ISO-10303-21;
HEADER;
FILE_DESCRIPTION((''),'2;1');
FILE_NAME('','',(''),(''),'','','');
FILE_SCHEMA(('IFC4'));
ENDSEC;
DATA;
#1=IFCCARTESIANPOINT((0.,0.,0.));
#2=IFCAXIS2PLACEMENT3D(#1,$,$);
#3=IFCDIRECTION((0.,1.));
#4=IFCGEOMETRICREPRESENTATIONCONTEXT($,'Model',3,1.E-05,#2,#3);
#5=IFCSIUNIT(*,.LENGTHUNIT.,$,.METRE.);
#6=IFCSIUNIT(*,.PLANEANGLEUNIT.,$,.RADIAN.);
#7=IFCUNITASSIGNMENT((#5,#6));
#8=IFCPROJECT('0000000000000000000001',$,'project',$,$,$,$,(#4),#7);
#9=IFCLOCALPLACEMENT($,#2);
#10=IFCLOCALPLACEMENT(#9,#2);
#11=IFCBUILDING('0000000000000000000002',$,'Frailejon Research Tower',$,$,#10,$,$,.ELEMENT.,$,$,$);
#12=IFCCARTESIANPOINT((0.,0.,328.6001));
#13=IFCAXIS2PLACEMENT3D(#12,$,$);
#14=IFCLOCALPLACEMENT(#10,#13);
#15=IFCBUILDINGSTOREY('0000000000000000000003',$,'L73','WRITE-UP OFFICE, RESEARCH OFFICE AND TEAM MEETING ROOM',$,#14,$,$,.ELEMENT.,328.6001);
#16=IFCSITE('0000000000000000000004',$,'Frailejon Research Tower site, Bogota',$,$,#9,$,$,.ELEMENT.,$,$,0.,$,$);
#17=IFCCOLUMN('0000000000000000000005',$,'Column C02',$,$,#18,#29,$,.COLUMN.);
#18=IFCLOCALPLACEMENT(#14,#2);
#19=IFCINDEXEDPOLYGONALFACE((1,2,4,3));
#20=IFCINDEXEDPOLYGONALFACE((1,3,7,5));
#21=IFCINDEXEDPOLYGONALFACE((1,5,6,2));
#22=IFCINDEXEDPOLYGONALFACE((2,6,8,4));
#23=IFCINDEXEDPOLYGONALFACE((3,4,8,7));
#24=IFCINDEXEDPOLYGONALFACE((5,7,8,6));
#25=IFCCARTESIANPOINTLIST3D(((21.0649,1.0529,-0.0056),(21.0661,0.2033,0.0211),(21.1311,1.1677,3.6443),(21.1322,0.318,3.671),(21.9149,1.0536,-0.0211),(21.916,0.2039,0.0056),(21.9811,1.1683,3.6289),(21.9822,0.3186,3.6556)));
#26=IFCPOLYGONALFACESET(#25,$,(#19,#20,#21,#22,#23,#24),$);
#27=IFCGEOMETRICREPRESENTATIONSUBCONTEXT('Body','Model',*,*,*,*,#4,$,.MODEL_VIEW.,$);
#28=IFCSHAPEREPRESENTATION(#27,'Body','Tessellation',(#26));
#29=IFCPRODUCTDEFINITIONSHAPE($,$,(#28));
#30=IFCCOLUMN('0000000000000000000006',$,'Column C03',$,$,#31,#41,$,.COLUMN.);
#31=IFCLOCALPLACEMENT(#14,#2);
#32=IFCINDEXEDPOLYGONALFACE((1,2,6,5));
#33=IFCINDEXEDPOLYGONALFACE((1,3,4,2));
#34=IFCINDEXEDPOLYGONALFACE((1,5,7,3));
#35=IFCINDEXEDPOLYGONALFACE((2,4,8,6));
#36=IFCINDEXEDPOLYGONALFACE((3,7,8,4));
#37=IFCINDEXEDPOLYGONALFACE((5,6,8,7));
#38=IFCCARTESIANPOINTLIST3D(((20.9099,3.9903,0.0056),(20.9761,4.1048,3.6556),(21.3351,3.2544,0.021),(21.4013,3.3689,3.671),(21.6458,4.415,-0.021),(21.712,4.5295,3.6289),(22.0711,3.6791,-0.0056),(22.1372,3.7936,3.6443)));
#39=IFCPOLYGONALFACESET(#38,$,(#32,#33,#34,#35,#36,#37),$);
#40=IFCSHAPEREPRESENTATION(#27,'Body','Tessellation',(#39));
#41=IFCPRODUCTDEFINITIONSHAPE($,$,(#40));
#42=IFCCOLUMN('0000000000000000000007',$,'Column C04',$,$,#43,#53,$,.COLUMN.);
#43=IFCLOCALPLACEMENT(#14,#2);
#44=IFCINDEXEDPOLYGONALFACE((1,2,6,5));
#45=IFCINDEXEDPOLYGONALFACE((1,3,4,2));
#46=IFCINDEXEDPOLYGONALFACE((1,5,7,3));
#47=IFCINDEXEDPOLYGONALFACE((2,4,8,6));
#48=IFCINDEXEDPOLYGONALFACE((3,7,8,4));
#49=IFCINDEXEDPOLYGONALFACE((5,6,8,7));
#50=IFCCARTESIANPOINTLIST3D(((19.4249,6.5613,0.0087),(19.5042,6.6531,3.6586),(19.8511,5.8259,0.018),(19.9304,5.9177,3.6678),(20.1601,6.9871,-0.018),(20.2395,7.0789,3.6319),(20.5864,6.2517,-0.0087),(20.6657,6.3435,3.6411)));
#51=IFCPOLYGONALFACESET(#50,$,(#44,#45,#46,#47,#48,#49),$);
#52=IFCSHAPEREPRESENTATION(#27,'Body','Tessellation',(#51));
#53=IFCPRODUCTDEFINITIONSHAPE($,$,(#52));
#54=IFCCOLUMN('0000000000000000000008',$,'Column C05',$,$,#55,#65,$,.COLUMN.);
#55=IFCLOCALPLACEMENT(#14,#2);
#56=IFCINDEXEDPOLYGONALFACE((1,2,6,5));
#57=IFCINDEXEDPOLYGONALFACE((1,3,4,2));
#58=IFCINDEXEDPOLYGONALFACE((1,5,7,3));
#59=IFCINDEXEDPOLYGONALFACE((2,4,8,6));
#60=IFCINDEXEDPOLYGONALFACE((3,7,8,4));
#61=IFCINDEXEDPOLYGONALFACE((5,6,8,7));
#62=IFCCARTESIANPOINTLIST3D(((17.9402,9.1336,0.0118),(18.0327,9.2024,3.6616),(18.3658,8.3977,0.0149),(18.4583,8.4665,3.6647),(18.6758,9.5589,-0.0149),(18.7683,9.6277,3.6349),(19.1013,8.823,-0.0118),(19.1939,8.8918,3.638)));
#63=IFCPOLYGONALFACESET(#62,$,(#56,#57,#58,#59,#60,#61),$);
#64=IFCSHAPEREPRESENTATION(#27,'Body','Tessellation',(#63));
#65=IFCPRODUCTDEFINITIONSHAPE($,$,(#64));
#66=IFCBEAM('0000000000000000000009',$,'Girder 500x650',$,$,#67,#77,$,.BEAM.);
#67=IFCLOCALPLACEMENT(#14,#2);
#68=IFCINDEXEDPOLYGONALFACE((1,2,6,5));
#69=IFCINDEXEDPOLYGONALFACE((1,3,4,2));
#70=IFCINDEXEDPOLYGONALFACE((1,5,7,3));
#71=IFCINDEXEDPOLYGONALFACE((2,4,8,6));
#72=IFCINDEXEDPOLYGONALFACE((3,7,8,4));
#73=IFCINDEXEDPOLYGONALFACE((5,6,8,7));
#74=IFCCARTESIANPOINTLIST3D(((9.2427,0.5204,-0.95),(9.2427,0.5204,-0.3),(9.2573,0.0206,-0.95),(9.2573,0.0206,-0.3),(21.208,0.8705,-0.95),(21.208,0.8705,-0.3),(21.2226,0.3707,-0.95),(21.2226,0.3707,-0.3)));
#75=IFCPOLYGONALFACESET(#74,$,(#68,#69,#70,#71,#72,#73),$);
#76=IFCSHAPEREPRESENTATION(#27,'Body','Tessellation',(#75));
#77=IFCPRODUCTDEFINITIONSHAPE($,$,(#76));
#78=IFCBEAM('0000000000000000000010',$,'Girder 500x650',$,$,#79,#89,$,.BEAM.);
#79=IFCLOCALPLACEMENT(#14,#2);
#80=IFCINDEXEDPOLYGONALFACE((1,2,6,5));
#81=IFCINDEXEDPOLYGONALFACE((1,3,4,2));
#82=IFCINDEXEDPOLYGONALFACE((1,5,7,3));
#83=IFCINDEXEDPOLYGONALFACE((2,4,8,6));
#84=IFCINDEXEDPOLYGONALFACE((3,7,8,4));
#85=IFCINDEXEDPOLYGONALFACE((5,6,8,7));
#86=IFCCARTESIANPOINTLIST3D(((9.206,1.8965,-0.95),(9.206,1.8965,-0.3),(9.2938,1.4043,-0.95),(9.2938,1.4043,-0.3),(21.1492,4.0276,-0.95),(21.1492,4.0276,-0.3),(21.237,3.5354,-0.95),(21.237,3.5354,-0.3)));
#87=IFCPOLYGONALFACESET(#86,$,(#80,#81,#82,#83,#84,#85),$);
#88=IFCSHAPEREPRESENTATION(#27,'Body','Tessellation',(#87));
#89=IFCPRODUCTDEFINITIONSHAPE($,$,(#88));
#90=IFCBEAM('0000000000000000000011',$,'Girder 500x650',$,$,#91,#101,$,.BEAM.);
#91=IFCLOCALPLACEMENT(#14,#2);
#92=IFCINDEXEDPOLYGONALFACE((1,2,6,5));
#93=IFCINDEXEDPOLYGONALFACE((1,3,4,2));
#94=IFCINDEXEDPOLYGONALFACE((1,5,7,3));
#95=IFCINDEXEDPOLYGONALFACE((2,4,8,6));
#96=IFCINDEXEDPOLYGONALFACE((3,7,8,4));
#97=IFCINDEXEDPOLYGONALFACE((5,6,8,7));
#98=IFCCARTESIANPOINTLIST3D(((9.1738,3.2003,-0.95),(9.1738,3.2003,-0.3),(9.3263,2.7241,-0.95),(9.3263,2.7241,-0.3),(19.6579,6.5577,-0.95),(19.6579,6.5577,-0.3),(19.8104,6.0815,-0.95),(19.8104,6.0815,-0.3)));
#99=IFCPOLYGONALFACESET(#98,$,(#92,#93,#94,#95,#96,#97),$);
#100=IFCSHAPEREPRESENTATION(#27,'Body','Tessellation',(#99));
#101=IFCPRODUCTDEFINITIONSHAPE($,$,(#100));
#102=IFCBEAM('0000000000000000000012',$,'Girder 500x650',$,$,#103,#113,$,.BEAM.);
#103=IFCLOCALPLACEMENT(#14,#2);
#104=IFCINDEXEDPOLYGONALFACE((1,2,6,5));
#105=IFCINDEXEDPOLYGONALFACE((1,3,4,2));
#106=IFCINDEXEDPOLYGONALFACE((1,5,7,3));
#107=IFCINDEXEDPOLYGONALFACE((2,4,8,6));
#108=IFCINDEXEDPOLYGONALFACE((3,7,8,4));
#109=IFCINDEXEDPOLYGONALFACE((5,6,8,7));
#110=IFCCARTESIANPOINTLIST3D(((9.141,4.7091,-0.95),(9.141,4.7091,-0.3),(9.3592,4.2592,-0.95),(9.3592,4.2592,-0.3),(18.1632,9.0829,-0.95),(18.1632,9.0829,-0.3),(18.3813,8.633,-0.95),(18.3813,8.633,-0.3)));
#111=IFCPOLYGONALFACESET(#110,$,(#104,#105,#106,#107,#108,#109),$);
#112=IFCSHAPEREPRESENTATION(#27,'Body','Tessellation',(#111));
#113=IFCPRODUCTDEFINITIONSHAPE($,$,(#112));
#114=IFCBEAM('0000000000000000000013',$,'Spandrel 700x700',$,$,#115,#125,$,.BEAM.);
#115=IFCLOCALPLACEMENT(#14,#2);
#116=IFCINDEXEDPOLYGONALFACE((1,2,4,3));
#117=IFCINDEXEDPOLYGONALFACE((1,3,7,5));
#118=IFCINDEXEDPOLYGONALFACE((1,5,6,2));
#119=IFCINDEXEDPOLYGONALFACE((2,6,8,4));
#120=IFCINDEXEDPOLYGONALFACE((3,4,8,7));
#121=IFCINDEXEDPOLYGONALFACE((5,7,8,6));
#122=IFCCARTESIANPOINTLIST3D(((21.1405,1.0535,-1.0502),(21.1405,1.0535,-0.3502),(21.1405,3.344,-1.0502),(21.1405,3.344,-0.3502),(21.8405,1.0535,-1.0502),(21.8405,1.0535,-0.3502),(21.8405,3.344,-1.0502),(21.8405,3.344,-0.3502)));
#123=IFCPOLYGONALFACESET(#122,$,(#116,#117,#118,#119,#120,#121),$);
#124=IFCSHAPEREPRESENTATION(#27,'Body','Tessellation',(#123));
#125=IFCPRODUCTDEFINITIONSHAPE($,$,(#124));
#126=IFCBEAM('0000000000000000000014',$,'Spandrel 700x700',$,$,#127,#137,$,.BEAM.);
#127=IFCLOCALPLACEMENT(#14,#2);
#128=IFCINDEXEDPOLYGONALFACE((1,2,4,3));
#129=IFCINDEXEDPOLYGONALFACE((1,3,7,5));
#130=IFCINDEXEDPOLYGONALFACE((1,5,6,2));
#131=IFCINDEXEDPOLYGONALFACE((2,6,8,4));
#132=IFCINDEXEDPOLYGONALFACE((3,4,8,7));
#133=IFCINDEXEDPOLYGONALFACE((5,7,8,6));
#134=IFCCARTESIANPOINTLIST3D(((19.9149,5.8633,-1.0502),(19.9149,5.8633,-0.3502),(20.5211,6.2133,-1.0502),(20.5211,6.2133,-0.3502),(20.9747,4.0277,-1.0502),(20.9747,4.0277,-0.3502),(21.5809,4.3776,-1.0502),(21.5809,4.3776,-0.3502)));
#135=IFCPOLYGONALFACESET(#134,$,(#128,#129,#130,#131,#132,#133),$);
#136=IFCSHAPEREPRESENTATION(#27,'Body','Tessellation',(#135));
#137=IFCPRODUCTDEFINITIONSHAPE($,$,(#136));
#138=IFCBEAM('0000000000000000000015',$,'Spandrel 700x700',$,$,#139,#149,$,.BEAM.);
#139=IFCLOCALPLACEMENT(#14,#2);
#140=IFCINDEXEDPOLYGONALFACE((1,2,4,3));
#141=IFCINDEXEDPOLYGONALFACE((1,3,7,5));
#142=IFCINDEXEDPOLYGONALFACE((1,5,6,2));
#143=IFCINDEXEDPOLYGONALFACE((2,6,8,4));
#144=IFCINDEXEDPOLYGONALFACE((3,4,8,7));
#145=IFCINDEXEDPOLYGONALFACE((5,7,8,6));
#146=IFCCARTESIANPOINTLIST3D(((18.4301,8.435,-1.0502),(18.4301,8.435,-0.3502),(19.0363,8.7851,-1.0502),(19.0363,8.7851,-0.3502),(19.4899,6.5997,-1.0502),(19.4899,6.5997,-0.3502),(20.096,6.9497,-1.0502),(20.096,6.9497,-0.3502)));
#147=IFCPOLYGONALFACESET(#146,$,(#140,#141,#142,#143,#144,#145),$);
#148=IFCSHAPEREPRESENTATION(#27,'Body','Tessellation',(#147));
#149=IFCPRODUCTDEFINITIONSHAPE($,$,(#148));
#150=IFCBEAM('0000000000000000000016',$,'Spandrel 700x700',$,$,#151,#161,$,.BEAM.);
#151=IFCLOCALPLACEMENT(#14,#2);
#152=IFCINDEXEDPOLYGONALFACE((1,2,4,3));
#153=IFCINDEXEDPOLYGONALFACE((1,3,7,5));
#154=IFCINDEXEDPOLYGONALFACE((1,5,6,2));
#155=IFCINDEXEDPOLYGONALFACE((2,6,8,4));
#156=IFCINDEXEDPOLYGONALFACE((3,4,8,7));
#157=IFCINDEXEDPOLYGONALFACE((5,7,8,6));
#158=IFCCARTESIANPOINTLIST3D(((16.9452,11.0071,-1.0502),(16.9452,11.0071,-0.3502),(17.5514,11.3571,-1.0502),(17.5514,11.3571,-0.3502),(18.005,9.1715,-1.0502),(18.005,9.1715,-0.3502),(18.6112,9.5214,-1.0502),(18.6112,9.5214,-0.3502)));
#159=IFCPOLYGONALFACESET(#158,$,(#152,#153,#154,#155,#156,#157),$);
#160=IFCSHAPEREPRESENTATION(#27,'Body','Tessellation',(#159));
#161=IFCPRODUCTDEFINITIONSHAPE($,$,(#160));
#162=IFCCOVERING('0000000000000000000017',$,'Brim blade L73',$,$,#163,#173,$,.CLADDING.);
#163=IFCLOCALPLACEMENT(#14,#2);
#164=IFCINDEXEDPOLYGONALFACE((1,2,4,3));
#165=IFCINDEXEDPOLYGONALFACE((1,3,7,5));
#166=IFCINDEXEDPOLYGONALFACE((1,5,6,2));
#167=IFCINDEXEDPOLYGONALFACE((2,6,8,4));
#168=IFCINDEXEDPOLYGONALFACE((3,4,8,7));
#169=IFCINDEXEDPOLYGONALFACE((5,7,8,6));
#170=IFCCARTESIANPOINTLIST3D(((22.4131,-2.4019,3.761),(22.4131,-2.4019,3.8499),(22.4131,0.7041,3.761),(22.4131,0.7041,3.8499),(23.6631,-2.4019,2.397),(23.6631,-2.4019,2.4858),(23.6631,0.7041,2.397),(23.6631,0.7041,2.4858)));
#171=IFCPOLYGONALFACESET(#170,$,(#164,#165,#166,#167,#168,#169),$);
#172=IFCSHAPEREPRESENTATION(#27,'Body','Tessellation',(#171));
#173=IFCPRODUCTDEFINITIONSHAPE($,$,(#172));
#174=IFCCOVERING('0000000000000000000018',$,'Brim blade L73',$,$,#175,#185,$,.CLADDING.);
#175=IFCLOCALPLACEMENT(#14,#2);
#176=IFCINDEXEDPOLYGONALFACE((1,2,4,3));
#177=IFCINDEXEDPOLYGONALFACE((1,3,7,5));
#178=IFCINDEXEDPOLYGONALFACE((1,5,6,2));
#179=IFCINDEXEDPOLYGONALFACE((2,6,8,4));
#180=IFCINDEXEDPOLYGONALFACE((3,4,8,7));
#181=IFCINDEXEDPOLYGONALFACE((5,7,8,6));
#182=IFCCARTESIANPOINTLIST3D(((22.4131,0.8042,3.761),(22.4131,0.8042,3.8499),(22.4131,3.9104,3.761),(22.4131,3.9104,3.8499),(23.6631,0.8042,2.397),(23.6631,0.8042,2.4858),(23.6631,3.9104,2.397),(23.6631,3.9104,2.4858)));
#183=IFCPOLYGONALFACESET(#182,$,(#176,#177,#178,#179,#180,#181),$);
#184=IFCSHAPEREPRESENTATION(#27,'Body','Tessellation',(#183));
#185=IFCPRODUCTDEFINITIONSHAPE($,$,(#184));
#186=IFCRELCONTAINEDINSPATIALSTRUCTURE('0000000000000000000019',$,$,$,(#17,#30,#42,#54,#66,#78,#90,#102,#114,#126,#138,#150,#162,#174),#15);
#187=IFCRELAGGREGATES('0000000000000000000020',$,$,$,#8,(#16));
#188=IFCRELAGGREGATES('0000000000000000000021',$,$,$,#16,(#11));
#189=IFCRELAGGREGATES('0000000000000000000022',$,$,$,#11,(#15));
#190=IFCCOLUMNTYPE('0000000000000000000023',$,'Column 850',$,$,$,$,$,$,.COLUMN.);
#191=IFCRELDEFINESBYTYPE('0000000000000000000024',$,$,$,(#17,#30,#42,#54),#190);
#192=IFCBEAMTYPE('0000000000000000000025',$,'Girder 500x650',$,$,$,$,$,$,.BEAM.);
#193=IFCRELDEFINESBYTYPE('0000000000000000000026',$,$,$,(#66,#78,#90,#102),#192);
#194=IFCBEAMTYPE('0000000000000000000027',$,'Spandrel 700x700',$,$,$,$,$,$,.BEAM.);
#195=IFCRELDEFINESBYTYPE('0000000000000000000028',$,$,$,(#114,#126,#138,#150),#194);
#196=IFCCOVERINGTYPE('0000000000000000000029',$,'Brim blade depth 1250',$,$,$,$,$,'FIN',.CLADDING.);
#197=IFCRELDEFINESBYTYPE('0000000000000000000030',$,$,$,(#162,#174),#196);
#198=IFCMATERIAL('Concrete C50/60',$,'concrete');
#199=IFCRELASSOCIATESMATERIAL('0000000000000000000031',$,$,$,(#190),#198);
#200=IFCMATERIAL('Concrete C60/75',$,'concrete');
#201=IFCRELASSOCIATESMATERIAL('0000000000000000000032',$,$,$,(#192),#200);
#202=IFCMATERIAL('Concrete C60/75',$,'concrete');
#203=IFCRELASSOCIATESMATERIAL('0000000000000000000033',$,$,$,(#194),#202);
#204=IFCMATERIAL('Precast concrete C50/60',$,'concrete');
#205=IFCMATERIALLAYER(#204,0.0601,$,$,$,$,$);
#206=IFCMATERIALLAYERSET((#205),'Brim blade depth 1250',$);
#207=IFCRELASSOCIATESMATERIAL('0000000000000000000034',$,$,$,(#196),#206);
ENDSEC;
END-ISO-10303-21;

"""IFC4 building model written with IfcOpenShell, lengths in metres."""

from ifc_helpers import new_model, si_unit, direction, frame, origin, origin_2d, place, context, subcontext, project, spatial, polyline, rectangle, outline, extrude, material, layer, layer_set, material_profile, profile_set, type_object, element, save


model = new_model("IFC4")

# Units and contexts
model_context = context("Model", 3, precision=1e-05, world=origin(), true_north=direction((0.0, 1.0)))
body_context = subcontext(model_context, "Body", "Model", "MODEL_VIEW")
ifc_project = project(units=[si_unit("LENGTHUNIT", "METRE"), si_unit("PLANEANGLEUNIT", "RADIAN")], contexts=[model_context])

# Site, building, storey
site_placement = place(None, origin())
site = spatial("IfcSite", under=ifc_project, at=site_placement, Name="Frailejon Research Tower site, Bogota", CompositionType="ELEMENT", RefElevation=0.0)
building_placement = place(site_placement, origin())
building = spatial("IfcBuilding", under=site, at=building_placement, Name="Frailejon Research Tower", CompositionType="ELEMENT")
storey_placement = place(building_placement, frame((0.0, 0.0, 328.6001)))
storey = spatial("IfcBuildingStorey", under=building, at=storey_placement, Name="L73", Description="WRITE-UP OFFICE, RESEARCH OFFICE AND TEAM MEETING ROOM", CompositionType="ELEMENT", Elevation=328.6001)

# Columns
ifc_material_1 = material(Name="Concrete C50/60", Category="concrete")
ifc_material_profile_1 = material_profile(ifc_material_1, rectangle(XDim=0.8501, YDim=0.8501, at=origin_2d()), Name="Column 850")
ifc_profile_set_1 = profile_set([ifc_material_profile_1], Name="Concrete C50/60")
column_type = type_object("IfcColumnType", Name="Column 850", PredefinedType="COLUMN", material=ifc_profile_set_1)
for number, where, z_axis, x_axis, name in (
    (1, (21.4905, 0.6284, 0.0), (0.018115, 0.031417, 0.999342), (-0.001297, 0.999506, -0.031399), "Column C02"),
    (2, (21.4905, 3.8347, 0.0), (0.018115, 0.031351, 0.999344), (-0.500242, 0.865696, -0.01809), "Column C03"),
):
    element("IfcColumn", number, at=place(storey_placement, frame(where, z_axis=z_axis, x_axis=x_axis)), inside=storey, type_object=column_type, Name=name, PredefinedType="COLUMN", context=body_context, shape_type="SweptSolid", body=[
        extrude(rectangle(XDim=0.8501, YDim=0.8501, at=origin_2d()), origin(), (0.0, 0.0, 1.0), 3.6523),
    ])
column_1_placement = place(storey_placement, frame((20.0056, 6.4065, 0.0), z_axis=(0.021727, 0.025137, 0.999448), x_axis=(-0.501407, 0.865143, -0.010859)))
element("IfcColumn", 3, at=column_1_placement, inside=storey, type_object=column_type, Name="Column C04", PredefinedType="COLUMN", context=body_context, shape_type="SweptSolid", body=[
    extrude(rectangle(XDim=0.8501, YDim=0.8501, at=origin_2d()), origin(), (0.0, 0.0, 1.0), 3.6519),
])
column_2_placement = place(storey_placement, frame((18.5208, 8.9783, 0.0), z_axis=(0.025339, 0.018853, 0.999501), x_axis=(-0.500628, 0.865655, -0.003637)))
element("IfcColumn", 4, at=column_2_placement, inside=storey, type_object=column_type, Name="Column C05", PredefinedType="COLUMN", context=body_context, shape_type="SweptSolid", body=[
    extrude(rectangle(XDim=0.8501, YDim=0.8501, at=origin_2d()), origin(), (0.0, 0.0, 1.0), 3.6516),
])

# Beams
ifc_material_2 = material(Name="Concrete C60/75", Category="concrete")
ifc_material_profile_2 = material_profile(ifc_material_2, rectangle(XDim=0.5, YDim=0.6499, at=origin_2d()), Name="Girder 500x650")
ifc_profile_set_2 = profile_set([ifc_material_profile_2], Name="Concrete C60/75")
beam_type_1 = type_object("IfcBeamType", Name="Girder 500x650", PredefinedType="BEAM", material=ifc_profile_set_2)
beam_1_placement = place(storey_placement, frame((21.2153, 0.6206, -0.625), z_axis=(-0.999572, -0.029247, 0.0), x_axis=(0.029247, -0.999572, 0.0)))
element("IfcBeam", 5, at=beam_1_placement, inside=storey, type_object=beam_type_1, Name="Girder 500x650", PredefinedType="BEAM", context=body_context, shape_type="SweptSolid", body=[
    extrude(rectangle(XDim=0.5, YDim=0.6499, at=origin_2d()), origin(), (0.0, 0.0, 1.0), 11.9705),
])
beam_2_placement = place(storey_placement, frame((21.1931, 3.7815, -0.625), z_axis=(-0.98445, -0.175663, 0.0), x_axis=(0.175663, -0.98445, 0.0)))
element("IfcBeam", 6, at=beam_2_placement, inside=storey, type_object=beam_type_1, Name="Girder 500x650", PredefinedType="BEAM", context=body_context, shape_type="SweptSolid", body=[
    extrude(rectangle(XDim=0.5, YDim=0.6499, at=origin_2d()), origin(), (0.0, 0.0, 1.0), 12.1318),
])
beam_3_placement = place(storey_placement, frame((19.7341, 6.3196, -0.625), z_axis=(-0.952358, -0.304982, 0.0), x_axis=(0.304982, -0.952358, 0.0)))
element("IfcBeam", 7, at=beam_3_placement, inside=storey, type_object=beam_type_1, Name="Girder 500x650", PredefinedType="BEAM", context=body_context, shape_type="SweptSolid", body=[
    extrude(rectangle(XDim=0.5, YDim=0.6499, at=origin_2d()), origin(), (0.0, 0.0, 1.0), 11.0085),
])
beam_4_placement = place(storey_placement, frame((18.2722, 8.8579, -0.625), z_axis=(-0.899839, -0.436223, 0.0), x_axis=(0.436223, -0.899839, 0.0)))
element("IfcBeam", 8, at=beam_4_placement, inside=storey, type_object=beam_type_1, Name="Girder 500x650", PredefinedType="BEAM", context=body_context, shape_type="SweptSolid", body=[
    extrude(rectangle(XDim=0.5, YDim=0.6499, at=origin_2d()), origin(), (0.0, 0.0, 1.0), 10.0264),
])
ifc_material_3 = material(Name="Concrete C60/75", Category="concrete")
ifc_material_profile_3 = material_profile(ifc_material_3, rectangle(XDim=0.7, YDim=0.7, at=origin_2d()), Name="Spandrel 700x700")
ifc_profile_set_3 = profile_set([ifc_material_profile_3], Name="Concrete C60/75")
beam_type_2 = type_object("IfcBeamType", Name="Spandrel 700x700", PredefinedType="BEAM", material=ifc_profile_set_3)
beam_5_placement = place(storey_placement, frame((21.4905, 1.0535, -0.7002), z_axis=(0.0, 1.0, 0.0), x_axis=(-1.0, 0.0, 0.0)))
element("IfcBeam", 9, at=beam_5_placement, inside=storey, type_object=beam_type_2, Name="Spandrel 700x700", PredefinedType="BEAM", context=body_context, shape_type="SweptSolid", body=[
    extrude(rectangle(XDim=0.7, YDim=0.7, at=origin_2d()), origin(), (0.0, 0.0, 1.0), 2.2905),
])
beam_6_placement = place(storey_placement, frame((21.2778, 4.2026, -0.7002), z_axis=(-0.499992, 0.86603, 0.0), x_axis=(-0.86603, -0.499992, 0.0)))
element("IfcBeam", 10, at=beam_6_placement, inside=storey, type_object=beam_type_2, Name="Spandrel 700x700", PredefinedType="BEAM", context=body_context, shape_type="SweptSolid", body=[
    extrude(rectangle(XDim=0.7, YDim=0.7, at=origin_2d()), origin(), (0.0, 0.0, 1.0), 2.1196),
])
beam_7_placement = place(storey_placement, frame((19.793, 6.7747, -0.7002), z_axis=(-0.500042, 0.866001, 0.0), x_axis=(-0.866001, -0.500042, 0.0)))
element("IfcBeam", 11, at=beam_7_placement, inside=storey, type_object=beam_type_2, Name="Spandrel 700x700", PredefinedType="BEAM", context=body_context, shape_type="SweptSolid", body=[
    extrude(rectangle(XDim=0.7, YDim=0.7, at=origin_2d()), origin(), (0.0, 0.0, 1.0), 2.1194),
])
beam_8_placement = place(storey_placement, frame((18.3081, 9.3464, -0.7002), z_axis=(-0.499992, 0.86603, 0.0), x_axis=(-0.86603, -0.499992, 0.0)))
element("IfcBeam", 12, at=beam_8_placement, inside=storey, type_object=beam_type_2, Name="Spandrel 700x700", PredefinedType="BEAM", context=body_context, shape_type="SweptSolid", body=[
    extrude(rectangle(XDim=0.7, YDim=0.7, at=origin_2d()), origin(), (0.0, 0.0, 1.0), 2.1196),
])

# Coverings
ifc_material_4 = material(Name="Precast concrete C50/60", Category="concrete")
ifc_layer_1 = layer(ifc_material_4, 0.0601)
ifc_layer_set_1 = layer_set([ifc_layer_1], Name="Brim blade depth 1250")
covering_type = type_object("IfcCoveringType", Name="Brim blade depth 1250", ElementType="FIN", PredefinedType="CLADDING", material=ifc_layer_set_1)
covering_1_placement = place(storey_placement, frame((22.4131, 0.7041, 3.8499), z_axis=(0.0, -1.0, 0.0), x_axis=(1.0, 0.0, 0.0)))
element("IfcCovering", 13, at=covering_1_placement, inside=storey, type_object=covering_type, Name="Brim blade L73", PredefinedType="CLADDING", context=body_context, shape_type="SweptSolid", body=[
    extrude(outline(polyline([(0.0, -0.0889), (1.25, -1.4529), (1.25, -1.364), (0.0, 0.0), (0.0, -0.0889)])), origin(), (0.0, 0.0, 1.0), 3.106),
])
covering_2_placement = place(storey_placement, frame((22.4131, 3.9104, 3.8499), z_axis=(0.0, -1.0, 0.0), x_axis=(1.0, 0.0, 0.0)))
element("IfcCovering", 14, at=covering_2_placement, inside=storey, type_object=covering_type, Name="Brim blade L73", PredefinedType="CLADDING", context=body_context, shape_type="SweptSolid", body=[
    extrude(outline(polyline([(0.0, -0.0889), (1.25, -1.4529), (1.25, -1.364), (0.0, 0.0), (0.0, -0.0889)])), origin(), (0.0, 0.0, 1.0), 3.1062),
])

save(model, "model.ifc")
